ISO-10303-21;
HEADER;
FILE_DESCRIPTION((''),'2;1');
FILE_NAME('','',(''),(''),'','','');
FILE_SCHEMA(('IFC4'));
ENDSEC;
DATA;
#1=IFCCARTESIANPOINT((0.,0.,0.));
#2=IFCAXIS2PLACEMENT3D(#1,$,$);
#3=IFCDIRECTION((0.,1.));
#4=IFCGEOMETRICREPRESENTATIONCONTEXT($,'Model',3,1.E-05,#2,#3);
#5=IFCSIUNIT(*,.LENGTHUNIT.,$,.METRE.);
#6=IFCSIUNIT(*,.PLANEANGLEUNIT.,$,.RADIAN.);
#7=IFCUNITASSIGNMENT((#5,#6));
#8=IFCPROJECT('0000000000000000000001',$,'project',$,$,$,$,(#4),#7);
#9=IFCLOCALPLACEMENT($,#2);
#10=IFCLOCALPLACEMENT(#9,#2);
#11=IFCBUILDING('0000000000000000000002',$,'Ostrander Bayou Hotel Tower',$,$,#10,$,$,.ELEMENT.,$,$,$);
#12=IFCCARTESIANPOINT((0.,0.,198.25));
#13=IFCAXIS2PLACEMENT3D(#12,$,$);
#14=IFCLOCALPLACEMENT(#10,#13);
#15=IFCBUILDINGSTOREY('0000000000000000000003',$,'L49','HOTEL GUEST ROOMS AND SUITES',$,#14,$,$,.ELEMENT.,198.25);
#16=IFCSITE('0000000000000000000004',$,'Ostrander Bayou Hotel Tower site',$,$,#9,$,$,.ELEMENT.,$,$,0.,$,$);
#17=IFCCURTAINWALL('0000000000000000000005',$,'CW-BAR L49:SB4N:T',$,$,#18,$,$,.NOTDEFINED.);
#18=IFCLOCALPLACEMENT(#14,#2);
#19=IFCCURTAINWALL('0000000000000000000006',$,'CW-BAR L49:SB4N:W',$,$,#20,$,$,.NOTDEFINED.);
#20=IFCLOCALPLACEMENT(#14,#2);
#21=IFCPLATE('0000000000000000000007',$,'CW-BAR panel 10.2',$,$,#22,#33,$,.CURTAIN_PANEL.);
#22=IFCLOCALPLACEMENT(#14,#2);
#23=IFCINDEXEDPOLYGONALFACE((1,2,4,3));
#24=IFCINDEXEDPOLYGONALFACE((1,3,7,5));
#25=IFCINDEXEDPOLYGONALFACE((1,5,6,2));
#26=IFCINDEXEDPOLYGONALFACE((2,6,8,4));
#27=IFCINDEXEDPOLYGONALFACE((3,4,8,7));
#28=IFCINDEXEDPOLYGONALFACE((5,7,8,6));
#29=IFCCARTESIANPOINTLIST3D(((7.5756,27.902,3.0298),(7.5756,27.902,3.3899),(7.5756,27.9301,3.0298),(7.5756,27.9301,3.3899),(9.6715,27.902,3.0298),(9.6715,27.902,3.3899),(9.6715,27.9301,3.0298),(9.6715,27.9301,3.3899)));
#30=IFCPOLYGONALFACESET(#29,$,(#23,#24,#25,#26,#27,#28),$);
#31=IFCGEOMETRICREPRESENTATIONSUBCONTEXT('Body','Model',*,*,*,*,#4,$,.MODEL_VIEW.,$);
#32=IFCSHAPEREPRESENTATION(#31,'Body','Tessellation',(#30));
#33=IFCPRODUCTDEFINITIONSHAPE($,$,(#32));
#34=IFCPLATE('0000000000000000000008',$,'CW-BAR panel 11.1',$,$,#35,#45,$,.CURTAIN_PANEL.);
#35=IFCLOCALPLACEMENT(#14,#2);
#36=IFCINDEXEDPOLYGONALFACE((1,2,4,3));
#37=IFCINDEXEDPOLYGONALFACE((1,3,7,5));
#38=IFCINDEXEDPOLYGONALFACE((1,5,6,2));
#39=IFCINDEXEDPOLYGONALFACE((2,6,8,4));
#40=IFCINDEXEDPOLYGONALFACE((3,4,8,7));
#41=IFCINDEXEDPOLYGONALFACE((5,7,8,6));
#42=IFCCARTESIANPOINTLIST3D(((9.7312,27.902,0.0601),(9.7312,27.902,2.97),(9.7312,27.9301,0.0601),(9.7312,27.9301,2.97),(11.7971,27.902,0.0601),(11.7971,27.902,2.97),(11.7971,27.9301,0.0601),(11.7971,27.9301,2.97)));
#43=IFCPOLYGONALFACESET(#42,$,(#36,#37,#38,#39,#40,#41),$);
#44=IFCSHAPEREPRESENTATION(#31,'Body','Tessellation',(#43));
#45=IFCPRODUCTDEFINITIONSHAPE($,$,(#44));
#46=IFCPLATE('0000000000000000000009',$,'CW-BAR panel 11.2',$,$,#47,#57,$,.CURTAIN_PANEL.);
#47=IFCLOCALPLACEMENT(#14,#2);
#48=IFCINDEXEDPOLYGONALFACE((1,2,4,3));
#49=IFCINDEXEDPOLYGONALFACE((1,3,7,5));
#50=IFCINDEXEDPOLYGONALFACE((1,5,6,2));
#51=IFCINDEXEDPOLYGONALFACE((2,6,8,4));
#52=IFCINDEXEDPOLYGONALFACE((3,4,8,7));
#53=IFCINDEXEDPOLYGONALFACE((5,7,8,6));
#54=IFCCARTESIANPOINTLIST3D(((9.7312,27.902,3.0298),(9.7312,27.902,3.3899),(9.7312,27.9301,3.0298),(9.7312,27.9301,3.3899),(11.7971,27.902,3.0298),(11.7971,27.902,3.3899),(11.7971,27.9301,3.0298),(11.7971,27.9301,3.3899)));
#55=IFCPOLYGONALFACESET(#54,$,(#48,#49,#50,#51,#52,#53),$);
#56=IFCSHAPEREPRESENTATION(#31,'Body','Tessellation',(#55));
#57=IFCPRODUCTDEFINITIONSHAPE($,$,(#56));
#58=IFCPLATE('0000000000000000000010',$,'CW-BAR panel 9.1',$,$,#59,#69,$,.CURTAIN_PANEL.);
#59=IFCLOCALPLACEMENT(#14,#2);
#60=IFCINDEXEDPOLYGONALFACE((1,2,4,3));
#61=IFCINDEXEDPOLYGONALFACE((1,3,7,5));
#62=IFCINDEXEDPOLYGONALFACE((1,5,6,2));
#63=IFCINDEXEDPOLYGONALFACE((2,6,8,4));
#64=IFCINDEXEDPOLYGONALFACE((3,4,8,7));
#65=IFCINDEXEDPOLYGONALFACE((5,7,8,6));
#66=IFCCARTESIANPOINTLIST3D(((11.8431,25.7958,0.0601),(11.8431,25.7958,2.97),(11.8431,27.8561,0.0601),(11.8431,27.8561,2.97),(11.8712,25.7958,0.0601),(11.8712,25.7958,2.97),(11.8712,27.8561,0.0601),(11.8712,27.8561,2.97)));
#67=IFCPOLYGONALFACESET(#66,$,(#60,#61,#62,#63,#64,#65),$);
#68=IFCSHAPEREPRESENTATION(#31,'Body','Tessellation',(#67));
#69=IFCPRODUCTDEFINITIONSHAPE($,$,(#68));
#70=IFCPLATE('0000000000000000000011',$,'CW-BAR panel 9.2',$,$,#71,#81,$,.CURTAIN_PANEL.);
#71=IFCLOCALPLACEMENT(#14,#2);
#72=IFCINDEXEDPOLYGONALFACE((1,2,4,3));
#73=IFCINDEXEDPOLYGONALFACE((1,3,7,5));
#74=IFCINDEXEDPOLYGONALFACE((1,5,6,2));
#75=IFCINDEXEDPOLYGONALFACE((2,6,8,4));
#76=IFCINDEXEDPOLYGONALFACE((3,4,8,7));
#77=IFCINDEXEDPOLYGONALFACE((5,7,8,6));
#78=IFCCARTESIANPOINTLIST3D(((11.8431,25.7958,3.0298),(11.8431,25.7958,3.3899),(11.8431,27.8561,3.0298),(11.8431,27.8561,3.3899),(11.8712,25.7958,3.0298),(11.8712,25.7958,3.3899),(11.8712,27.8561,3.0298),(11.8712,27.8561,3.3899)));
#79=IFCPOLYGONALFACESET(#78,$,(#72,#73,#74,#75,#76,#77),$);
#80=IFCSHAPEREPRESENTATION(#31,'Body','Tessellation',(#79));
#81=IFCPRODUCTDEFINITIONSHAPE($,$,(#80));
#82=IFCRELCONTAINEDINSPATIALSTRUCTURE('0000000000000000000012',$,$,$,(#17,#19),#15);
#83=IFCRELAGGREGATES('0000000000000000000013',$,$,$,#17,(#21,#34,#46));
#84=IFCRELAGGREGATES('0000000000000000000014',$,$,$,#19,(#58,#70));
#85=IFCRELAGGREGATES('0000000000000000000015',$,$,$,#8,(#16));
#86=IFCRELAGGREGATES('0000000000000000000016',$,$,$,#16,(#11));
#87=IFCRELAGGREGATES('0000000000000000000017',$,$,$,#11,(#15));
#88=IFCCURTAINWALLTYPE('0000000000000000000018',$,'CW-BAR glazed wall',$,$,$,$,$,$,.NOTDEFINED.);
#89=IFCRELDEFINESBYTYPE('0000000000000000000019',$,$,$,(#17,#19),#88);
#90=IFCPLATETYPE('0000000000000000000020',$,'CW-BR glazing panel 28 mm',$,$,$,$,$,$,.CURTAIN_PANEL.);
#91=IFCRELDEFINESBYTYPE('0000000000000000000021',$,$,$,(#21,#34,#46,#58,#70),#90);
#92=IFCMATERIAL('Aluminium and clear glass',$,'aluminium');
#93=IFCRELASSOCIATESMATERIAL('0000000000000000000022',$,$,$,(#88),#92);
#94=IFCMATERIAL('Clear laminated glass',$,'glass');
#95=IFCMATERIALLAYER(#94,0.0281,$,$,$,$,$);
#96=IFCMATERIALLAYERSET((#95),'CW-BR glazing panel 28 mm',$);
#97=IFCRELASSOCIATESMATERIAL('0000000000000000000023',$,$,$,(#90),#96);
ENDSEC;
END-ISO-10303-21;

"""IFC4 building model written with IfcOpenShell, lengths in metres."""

from ifc_helpers import new_model, si_unit, direction, frame, origin, origin_2d, place, context, subcontext, project, spatial, rectangle, extrude, material, layer, layer_set, type_object, element, aggregate, save


model = new_model("IFC4")

# Units and contexts
model_context = context("Model", 3, precision=1e-05, world=origin(), true_north=direction((0.0, 1.0)))
body_context = subcontext(model_context, "Body", "Model", "MODEL_VIEW")
ifc_project = project(units=[si_unit("LENGTHUNIT", "METRE"), si_unit("PLANEANGLEUNIT", "RADIAN")], contexts=[model_context])

# Site, building, storey
site_placement = place(None, origin())
site = spatial("IfcSite", under=ifc_project, at=site_placement, Name="Ostrander Bayou Hotel Tower site", CompositionType="ELEMENT", RefElevation=0.0)
building_placement = place(site_placement, origin())
building = spatial("IfcBuilding", under=site, at=building_placement, Name="Ostrander Bayou Hotel Tower", CompositionType="ELEMENT")
storey_placement = place(building_placement, frame((0.0, 0.0, 198.25)))
storey = spatial("IfcBuildingStorey", under=building, at=storey_placement, Name="L49", Description="HOTEL GUEST ROOMS AND SUITES", CompositionType="ELEMENT", Elevation=198.25)

# Curtain wall
ifc_material_1 = material(Name="Aluminium and clear glass", Category="aluminium")
curtain_wall_type = type_object("IfcCurtainWallType", Name="CW-BAR glazed wall", PredefinedType="NOTDEFINED", material=ifc_material_1)
curtain_wall_1_placement = place(storey_placement, origin())
curtain_wall_1 = element("IfcCurtainWall", 1, at=curtain_wall_1_placement, inside=storey, type_object=curtain_wall_type, Name="CW-BAR L49:SB4N:T", PredefinedType="NOTDEFINED")

# Curtain wall
curtain_wall_2_placement = place(storey_placement, origin())
curtain_wall_2 = element("IfcCurtainWall", 2, at=curtain_wall_2_placement, inside=storey, type_object=curtain_wall_type, Name="CW-BAR L49:SB4N:W", PredefinedType="NOTDEFINED")

# Plates
ifc_material_2 = material(Name="Clear laminated glass", Category="glass")
ifc_layer = layer(ifc_material_2, 0.0281)
ifc_layer_set = layer_set([ifc_layer], Name="CW-BR glazing panel 28 mm")
plate_type = type_object("IfcPlateType", Name="CW-BR glazing panel 28 mm", PredefinedType="CURTAIN_PANEL", material=ifc_layer_set)
plate_1_placement = place(storey_placement, frame((8.6235, 27.916, 3.0298), z_axis=(0.0, 0.0, 1.0), x_axis=(1.0, 0.0, 0.0)))
plate_1 = element("IfcPlate", 3, at=plate_1_placement, type_object=plate_type, Name="CW-BAR panel 10.2", PredefinedType="CURTAIN_PANEL", context=body_context, shape_type="SweptSolid", body=[
    extrude(rectangle(XDim=2.0959, YDim=0.0281, at=origin_2d()), origin(), (0.0, 0.0, 1.0), 0.3601),
])
plate_2_placement = place(storey_placement, frame((10.7642, 27.916, 0.0601), z_axis=(0.0, 0.0, 1.0), x_axis=(1.0, 0.0, 0.0)))
plate_2 = element("IfcPlate", 4, at=plate_2_placement, type_object=plate_type, Name="CW-BAR panel 11.1", PredefinedType="CURTAIN_PANEL", context=body_context, shape_type="SweptSolid", body=[
    extrude(rectangle(XDim=2.0659, YDim=0.0281, at=origin_2d()), origin(), (0.0, 0.0, 1.0), 2.9099),
])
plate_3_placement = place(storey_placement, frame((10.7642, 27.916, 3.0298), z_axis=(0.0, 0.0, 1.0), x_axis=(1.0, 0.0, 0.0)))
plate_3 = element("IfcPlate", 5, at=plate_3_placement, type_object=plate_type, Name="CW-BAR panel 11.2", PredefinedType="CURTAIN_PANEL", context=body_context, shape_type="SweptSolid", body=[
    extrude(rectangle(XDim=2.0659, YDim=0.0281, at=origin_2d()), origin(), (0.0, 0.0, 1.0), 0.3601),
])
aggregate(curtain_wall_1, [plate_1, plate_2, plate_3])
plate_4_placement = place(storey_placement, frame((11.8572, 26.8259, 0.0601), z_axis=(0.0, 0.0, 1.0), x_axis=(0.0, 1.0, 0.0)))
plate_4 = element("IfcPlate", 6, at=plate_4_placement, type_object=plate_type, Name="CW-BAR panel 9.1", PredefinedType="CURTAIN_PANEL", context=body_context, shape_type="SweptSolid", body=[
    extrude(rectangle(XDim=2.0603, YDim=0.0281, at=origin_2d()), origin(), (0.0, 0.0, 1.0), 2.9099),
])
plate_5_placement = place(storey_placement, frame((11.8572, 26.8259, 3.0298), z_axis=(0.0, 0.0, 1.0), x_axis=(0.0, 1.0, 0.0)))
plate_5 = element("IfcPlate", 7, at=plate_5_placement, type_object=plate_type, Name="CW-BAR panel 9.2", PredefinedType="CURTAIN_PANEL", context=body_context, shape_type="SweptSolid", body=[
    extrude(rectangle(XDim=2.0603, YDim=0.0281, at=origin_2d()), origin(), (0.0, 0.0, 1.0), 0.3601),
])
aggregate(curtain_wall_2, [plate_4, plate_5])

save(model, "model.ifc")
